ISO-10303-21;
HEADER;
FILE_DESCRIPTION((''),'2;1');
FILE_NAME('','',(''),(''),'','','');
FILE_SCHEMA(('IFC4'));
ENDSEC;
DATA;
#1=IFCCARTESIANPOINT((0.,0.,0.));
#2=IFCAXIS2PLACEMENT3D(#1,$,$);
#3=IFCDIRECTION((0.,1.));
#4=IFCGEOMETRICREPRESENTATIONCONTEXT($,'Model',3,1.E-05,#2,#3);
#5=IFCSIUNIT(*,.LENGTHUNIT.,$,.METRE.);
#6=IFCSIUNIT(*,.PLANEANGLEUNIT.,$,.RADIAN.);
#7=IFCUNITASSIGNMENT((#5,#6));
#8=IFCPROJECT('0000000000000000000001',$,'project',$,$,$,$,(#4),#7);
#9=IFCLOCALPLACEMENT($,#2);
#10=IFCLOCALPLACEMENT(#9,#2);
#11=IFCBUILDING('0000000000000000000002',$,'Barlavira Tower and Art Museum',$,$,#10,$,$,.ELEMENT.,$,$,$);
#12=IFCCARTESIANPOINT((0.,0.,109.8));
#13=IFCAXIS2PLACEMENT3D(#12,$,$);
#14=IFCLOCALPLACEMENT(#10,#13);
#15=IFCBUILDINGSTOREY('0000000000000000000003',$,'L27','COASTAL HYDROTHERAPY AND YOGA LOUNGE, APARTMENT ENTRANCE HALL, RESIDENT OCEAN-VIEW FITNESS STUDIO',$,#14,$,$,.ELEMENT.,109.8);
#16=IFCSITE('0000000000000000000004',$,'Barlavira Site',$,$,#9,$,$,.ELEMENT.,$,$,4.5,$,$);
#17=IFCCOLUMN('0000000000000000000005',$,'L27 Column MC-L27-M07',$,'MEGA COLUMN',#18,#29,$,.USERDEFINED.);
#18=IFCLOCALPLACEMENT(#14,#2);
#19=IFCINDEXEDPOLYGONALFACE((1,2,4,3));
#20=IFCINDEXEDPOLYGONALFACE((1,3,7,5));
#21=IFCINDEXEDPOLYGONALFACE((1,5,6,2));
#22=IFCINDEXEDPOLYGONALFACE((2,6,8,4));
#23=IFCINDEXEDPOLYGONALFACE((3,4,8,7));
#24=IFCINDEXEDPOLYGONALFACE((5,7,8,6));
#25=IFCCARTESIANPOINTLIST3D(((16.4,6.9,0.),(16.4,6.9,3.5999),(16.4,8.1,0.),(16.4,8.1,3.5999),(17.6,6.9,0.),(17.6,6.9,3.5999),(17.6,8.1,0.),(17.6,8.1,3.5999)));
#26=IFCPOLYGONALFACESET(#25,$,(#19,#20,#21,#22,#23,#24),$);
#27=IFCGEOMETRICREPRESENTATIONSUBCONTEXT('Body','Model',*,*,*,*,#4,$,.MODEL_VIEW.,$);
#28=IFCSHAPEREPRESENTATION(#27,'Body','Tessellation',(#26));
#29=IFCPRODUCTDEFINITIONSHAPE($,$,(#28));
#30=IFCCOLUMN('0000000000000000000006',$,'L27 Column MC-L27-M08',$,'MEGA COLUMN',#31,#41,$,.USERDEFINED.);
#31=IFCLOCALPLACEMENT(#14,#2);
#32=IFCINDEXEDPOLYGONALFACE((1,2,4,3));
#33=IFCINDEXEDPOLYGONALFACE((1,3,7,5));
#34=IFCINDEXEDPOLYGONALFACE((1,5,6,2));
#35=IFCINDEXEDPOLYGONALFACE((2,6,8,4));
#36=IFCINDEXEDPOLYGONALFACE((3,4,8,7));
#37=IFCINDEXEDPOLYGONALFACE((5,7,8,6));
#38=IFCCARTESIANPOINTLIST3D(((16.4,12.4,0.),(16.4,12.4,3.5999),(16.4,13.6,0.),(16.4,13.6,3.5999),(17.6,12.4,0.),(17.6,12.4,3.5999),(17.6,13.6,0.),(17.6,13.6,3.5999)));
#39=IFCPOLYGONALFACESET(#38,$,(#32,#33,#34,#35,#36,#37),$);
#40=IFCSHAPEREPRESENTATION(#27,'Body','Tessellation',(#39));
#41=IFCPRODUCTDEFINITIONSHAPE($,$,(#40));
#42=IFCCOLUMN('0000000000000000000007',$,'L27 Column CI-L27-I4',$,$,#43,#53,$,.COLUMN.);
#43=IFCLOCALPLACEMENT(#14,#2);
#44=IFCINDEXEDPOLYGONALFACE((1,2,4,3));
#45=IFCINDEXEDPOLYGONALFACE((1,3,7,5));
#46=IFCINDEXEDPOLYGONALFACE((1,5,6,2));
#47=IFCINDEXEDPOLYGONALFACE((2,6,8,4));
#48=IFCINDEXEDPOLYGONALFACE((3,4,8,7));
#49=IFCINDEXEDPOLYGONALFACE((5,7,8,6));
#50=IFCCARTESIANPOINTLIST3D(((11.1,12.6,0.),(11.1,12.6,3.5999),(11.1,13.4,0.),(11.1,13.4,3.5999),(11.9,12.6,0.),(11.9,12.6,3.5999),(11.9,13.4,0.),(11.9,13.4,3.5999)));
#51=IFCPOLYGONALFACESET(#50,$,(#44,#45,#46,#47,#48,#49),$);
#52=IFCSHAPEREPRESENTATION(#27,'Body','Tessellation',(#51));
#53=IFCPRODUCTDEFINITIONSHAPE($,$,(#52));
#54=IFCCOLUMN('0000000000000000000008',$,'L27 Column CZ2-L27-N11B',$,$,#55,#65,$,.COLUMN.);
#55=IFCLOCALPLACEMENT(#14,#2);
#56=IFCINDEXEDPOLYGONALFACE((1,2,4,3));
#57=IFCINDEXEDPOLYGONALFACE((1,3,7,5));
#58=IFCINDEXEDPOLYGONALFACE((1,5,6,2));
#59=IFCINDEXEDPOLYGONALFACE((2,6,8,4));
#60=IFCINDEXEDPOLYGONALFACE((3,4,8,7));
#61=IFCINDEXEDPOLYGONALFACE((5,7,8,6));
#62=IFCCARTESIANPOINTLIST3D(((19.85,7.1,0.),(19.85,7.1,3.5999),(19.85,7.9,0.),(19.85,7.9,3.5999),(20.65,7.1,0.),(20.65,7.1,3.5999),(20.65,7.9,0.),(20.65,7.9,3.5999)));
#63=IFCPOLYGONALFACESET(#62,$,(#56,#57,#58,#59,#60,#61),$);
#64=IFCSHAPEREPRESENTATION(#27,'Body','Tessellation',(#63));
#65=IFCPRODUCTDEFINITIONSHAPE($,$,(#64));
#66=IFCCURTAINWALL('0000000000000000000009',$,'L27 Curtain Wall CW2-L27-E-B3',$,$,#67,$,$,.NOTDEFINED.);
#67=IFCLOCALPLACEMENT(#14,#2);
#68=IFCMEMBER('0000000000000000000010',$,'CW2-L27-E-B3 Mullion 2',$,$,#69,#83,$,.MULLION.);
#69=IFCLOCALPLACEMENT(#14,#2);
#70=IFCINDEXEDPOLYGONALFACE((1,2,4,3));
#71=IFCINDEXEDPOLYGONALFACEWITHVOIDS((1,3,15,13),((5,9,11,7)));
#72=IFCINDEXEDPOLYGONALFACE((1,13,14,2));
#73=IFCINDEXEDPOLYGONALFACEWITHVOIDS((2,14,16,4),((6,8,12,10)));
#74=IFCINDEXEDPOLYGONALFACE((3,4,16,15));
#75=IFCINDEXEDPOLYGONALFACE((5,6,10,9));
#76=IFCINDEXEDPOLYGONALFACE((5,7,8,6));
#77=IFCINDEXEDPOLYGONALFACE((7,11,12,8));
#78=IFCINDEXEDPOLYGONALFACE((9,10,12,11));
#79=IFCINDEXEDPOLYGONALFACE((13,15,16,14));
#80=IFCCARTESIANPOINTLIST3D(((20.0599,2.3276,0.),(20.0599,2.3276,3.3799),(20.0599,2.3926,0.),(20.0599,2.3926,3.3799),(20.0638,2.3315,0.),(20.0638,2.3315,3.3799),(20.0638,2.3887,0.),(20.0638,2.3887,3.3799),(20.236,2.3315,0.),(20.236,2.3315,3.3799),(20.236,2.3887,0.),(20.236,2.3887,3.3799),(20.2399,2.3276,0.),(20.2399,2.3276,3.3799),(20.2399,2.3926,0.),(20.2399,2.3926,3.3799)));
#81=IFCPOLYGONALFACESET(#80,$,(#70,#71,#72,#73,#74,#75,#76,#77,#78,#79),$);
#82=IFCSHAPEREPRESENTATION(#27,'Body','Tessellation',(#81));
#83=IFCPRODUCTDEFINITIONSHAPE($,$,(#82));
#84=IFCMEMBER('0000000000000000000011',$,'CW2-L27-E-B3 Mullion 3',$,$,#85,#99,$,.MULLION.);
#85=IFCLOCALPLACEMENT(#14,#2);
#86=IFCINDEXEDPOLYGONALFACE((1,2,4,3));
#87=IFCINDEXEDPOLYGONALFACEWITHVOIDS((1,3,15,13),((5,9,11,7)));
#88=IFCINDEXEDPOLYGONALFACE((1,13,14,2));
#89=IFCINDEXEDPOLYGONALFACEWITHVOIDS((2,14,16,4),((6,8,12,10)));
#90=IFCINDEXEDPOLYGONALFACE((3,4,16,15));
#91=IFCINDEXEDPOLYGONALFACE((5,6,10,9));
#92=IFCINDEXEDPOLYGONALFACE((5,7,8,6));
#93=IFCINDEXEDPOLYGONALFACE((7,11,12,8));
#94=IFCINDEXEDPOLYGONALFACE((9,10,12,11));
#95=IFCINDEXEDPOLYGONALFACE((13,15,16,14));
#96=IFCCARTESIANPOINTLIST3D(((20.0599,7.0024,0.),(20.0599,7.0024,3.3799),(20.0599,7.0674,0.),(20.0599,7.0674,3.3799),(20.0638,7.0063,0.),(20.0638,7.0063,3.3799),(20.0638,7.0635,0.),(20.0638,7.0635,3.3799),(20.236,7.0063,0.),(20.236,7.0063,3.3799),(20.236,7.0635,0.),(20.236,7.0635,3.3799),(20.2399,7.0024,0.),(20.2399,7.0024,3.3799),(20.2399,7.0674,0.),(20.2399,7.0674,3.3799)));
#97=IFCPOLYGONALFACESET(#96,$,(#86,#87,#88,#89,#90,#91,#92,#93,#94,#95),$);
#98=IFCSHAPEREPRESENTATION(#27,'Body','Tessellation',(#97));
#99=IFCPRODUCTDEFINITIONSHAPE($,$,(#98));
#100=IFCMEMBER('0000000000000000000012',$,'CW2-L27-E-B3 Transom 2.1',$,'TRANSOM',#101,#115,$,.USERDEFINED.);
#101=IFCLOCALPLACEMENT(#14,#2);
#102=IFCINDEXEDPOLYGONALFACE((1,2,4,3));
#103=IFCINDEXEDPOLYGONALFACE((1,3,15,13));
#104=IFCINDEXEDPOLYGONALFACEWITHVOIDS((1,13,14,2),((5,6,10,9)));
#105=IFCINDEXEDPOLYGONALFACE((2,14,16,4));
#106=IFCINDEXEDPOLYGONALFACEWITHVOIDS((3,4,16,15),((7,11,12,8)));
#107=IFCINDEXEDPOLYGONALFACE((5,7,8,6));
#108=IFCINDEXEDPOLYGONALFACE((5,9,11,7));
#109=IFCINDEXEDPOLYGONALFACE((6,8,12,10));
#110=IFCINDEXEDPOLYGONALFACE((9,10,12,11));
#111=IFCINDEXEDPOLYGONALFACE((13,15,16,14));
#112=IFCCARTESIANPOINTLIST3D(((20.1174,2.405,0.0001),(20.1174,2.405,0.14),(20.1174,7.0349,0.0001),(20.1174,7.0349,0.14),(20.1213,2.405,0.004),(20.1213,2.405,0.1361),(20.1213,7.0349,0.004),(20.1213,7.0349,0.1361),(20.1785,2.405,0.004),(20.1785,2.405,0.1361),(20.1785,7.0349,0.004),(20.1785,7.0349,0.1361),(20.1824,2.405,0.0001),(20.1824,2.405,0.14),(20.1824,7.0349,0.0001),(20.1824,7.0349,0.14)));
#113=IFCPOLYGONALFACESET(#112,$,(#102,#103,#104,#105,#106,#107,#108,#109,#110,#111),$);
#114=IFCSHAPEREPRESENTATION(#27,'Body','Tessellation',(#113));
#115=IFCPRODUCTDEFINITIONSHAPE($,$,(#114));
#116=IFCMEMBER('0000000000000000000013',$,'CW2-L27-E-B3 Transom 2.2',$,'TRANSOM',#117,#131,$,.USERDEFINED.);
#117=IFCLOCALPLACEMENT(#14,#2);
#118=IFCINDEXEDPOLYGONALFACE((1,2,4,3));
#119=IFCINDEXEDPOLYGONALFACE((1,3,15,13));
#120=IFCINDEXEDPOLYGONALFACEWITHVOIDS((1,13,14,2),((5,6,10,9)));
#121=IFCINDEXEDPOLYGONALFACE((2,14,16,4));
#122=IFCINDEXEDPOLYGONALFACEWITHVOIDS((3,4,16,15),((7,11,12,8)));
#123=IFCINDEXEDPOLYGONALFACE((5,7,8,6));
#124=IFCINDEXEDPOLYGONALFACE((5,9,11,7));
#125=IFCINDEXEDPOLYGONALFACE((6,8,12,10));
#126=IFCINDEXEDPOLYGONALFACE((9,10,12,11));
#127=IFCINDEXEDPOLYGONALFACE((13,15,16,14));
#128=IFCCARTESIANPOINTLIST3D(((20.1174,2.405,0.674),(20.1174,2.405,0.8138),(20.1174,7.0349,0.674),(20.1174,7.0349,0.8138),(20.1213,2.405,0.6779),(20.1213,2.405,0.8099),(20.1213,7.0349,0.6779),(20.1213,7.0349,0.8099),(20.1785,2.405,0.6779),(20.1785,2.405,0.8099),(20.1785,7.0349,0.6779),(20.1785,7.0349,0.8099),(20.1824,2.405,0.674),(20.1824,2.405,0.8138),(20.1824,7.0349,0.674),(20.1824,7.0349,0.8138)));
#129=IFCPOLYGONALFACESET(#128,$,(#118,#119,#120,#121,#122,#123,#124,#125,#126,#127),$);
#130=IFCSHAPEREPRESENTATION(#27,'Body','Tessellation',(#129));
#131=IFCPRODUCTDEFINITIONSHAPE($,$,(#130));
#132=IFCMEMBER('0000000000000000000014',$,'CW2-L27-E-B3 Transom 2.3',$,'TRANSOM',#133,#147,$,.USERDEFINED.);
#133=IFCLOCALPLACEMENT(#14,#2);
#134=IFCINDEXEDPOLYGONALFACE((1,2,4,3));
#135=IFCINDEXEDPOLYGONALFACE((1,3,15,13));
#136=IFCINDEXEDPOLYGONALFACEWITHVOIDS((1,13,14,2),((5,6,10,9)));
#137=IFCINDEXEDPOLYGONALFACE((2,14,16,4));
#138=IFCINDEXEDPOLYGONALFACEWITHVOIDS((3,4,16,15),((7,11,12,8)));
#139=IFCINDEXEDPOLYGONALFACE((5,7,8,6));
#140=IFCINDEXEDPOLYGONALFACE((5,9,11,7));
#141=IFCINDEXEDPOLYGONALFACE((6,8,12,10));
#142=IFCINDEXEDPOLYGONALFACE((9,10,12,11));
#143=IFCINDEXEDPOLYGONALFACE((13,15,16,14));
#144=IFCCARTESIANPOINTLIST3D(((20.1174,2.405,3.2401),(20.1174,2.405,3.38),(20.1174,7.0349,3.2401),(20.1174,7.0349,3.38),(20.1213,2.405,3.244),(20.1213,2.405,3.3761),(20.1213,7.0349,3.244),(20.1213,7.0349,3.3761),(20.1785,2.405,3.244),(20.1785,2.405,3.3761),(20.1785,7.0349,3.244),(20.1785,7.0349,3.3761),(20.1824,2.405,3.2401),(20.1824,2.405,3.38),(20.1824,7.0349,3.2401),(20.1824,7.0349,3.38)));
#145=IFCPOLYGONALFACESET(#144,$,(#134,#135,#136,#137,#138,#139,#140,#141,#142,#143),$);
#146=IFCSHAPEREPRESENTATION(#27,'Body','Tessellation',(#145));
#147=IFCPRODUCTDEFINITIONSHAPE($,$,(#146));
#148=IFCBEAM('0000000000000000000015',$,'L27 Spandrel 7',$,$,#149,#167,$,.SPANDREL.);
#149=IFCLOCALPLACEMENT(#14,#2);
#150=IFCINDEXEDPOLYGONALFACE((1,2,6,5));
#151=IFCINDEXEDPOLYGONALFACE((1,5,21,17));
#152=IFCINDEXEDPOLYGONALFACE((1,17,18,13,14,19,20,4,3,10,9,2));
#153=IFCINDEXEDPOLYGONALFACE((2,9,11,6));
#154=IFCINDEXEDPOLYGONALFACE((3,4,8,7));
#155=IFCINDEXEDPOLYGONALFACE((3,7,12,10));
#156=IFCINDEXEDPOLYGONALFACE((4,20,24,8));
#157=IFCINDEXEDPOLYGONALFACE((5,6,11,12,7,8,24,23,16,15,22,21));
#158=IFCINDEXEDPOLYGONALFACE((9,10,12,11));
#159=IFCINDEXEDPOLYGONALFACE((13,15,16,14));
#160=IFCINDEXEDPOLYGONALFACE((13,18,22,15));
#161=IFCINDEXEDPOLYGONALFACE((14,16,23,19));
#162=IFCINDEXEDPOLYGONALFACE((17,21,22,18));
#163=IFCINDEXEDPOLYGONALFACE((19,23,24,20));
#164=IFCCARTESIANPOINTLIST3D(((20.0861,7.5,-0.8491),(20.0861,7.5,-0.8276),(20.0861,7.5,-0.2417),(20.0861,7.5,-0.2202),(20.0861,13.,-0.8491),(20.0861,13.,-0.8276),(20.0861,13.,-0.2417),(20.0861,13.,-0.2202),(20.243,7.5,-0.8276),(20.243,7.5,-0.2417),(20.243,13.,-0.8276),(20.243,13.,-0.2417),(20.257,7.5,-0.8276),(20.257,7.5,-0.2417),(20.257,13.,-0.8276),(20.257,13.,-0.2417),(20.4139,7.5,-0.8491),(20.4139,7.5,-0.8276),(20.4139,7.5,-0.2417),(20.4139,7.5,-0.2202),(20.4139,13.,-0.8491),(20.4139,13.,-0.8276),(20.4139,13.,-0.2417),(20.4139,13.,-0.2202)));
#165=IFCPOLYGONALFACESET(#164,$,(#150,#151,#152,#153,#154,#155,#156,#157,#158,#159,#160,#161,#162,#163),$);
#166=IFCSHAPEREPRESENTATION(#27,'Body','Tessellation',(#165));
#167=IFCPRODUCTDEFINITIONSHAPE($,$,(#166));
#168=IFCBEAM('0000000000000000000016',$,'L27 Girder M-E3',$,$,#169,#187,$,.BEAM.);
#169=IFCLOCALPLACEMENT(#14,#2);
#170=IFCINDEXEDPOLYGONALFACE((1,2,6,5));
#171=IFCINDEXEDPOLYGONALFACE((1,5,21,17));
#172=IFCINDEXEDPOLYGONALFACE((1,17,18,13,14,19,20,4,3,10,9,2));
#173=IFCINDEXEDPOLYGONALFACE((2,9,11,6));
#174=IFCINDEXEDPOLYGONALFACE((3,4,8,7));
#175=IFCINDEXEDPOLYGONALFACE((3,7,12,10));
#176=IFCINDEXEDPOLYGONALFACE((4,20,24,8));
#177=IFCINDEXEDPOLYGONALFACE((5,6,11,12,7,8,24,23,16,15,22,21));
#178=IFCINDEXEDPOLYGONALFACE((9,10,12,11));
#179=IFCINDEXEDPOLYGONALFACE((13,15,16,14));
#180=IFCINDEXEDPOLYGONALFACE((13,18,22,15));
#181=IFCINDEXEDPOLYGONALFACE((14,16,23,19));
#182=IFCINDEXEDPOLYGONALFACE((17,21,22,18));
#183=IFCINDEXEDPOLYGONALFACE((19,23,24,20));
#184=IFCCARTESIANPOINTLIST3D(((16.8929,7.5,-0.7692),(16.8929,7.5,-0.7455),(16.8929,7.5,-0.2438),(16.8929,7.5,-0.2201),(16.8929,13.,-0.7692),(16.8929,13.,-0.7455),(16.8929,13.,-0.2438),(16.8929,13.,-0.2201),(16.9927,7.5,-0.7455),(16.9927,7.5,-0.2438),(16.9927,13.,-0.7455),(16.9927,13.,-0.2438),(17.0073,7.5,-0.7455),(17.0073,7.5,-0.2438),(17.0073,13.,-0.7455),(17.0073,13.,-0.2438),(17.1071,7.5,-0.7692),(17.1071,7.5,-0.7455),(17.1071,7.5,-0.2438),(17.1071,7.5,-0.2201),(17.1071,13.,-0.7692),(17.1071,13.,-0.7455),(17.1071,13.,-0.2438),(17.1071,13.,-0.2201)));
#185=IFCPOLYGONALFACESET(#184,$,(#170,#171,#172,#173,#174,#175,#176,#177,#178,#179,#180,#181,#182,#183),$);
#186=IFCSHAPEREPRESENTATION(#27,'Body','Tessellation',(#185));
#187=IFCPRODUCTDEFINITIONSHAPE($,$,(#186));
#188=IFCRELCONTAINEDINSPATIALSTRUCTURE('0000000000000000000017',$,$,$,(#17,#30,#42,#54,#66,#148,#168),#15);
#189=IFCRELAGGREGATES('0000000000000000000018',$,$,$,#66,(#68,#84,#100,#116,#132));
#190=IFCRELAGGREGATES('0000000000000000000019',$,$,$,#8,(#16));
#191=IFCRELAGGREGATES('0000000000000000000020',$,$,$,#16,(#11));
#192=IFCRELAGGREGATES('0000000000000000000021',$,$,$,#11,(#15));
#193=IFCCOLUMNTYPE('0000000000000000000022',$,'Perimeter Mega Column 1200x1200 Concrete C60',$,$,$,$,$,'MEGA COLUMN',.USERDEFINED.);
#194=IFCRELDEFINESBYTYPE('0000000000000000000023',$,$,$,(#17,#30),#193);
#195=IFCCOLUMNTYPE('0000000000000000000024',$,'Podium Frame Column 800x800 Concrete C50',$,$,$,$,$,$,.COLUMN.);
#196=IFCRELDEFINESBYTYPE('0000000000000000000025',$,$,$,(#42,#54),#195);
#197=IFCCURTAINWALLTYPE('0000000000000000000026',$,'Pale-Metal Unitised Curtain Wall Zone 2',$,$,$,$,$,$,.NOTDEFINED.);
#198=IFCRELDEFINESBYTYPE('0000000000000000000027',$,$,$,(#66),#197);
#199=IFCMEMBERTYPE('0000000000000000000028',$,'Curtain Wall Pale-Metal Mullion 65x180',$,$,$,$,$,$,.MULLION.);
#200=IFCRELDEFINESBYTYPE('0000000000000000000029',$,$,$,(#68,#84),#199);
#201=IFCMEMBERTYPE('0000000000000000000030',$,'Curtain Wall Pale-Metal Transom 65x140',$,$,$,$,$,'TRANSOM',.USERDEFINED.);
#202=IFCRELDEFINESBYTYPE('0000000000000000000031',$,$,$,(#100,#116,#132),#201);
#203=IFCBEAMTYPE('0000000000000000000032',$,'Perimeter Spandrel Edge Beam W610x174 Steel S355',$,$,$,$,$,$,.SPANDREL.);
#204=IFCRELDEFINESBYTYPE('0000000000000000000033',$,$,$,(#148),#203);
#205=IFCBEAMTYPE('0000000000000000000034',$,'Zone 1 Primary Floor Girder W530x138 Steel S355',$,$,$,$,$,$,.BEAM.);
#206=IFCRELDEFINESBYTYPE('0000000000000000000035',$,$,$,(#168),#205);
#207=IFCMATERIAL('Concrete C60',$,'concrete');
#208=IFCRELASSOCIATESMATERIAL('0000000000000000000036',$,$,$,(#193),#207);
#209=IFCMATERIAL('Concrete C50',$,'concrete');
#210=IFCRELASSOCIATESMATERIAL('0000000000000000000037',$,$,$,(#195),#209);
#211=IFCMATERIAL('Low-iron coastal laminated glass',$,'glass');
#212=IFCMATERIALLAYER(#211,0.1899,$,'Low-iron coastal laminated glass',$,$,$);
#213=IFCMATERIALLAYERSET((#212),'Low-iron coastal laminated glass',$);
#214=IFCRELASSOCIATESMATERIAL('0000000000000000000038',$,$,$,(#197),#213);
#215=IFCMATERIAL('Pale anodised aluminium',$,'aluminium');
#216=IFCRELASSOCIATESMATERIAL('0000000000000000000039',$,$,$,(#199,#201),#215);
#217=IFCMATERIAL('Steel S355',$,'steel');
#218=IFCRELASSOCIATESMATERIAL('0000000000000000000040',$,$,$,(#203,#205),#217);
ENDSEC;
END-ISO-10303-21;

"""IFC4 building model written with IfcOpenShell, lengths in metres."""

from ifc_helpers import new_model, si_unit, direction, frame, origin, origin_2d, place, context, subcontext, project, spatial, rectangle, hollow_rectangle, i_section, extrude, material, layer, layer_set, material_profile, profile_set, type_object, element, aggregate, save


model = new_model("IFC4")

# Units and contexts
model_context = context("Model", 3, precision=1e-05, world=origin(), true_north=direction((0.0, 1.0)))
body_context = subcontext(model_context, "Body", "Model", "MODEL_VIEW")
ifc_project = project(units=[si_unit("LENGTHUNIT", "METRE"), si_unit("PLANEANGLEUNIT", "RADIAN")], contexts=[model_context])

# Site, building, storey
site_placement = place(None, origin())
site = spatial("IfcSite", under=ifc_project, at=site_placement, Name="Barlavira Site", CompositionType="ELEMENT", RefElevation=4.5)
building_placement = place(site_placement, origin())
building = spatial("IfcBuilding", under=site, at=building_placement, Name="Barlavira Tower and Art Museum", CompositionType="ELEMENT")
storey_placement = place(building_placement, frame((0.0, 0.0, 109.8)))
storey = spatial("IfcBuildingStorey", under=building, at=storey_placement, Name="L27", Description="COASTAL HYDROTHERAPY AND YOGA LOUNGE, APARTMENT ENTRANCE HALL, RESIDENT OCEAN-VIEW FITNESS STUDIO", CompositionType="ELEMENT", Elevation=109.8)

# Columns
ifc_material_1 = material(Name="Concrete C60", Category="concrete")
ifc_material_profile_1 = material_profile(ifc_material_1, rectangle(XDim=1.2, YDim=1.2, at=origin_2d()), Name="RC-COL 1200x1200")
ifc_profile_set_1 = profile_set([ifc_material_profile_1], Name="Concrete C60")
column_type_1 = type_object("IfcColumnType", Name="Perimeter Mega Column 1200x1200 Concrete C60", ElementType="MEGA COLUMN", PredefinedType="USERDEFINED", material=ifc_profile_set_1)
for number, where, z_axis, x_axis, name in (
    (1, (17.0, 7.5, 0.0), (0.0, 0.0, 1.0), (1.0, 0.0, 0.0), "L27 Column MC-L27-M07"),
    (2, (17.0, 13.0, 0.0), (0.0, 0.0, 1.0), (1.0, 0.0, 0.0), "L27 Column MC-L27-M08"),
):
    element("IfcColumn", number, at=place(storey_placement, frame(where, z_axis=z_axis, x_axis=x_axis)), inside=storey, type_object=column_type_1, Name=name, ObjectType="MEGA COLUMN", PredefinedType="USERDEFINED", context=body_context, shape_type="SweptSolid", body=[
        extrude(rectangle(XDim=1.2, YDim=1.2, at=origin_2d()), origin(), (0.0, 0.0, 1.0), 3.5999),
    ])
ifc_material_2 = material(Name="Concrete C50", Category="concrete")
ifc_material_profile_2 = material_profile(ifc_material_2, rectangle(XDim=0.8, YDim=0.8, at=origin_2d()), Name="RC-COL 800x800")
ifc_profile_set_2 = profile_set([ifc_material_profile_2], Name="Concrete C50")
column_type_2 = type_object("IfcColumnType", Name="Podium Frame Column 800x800 Concrete C50", PredefinedType="COLUMN", material=ifc_profile_set_2)
for number, where, z_axis, x_axis, name in (
    (3, (11.5, 13.0, 0.0), (0.0, 0.0, 1.0), (1.0, 0.0, 0.0), "L27 Column CI-L27-I4"),
    (4, (20.25, 7.5, 0.0), (0.0, 0.0, 1.0), (1.0, 0.0, 0.0), "L27 Column CZ2-L27-N11B"),
):
    element("IfcColumn", number, at=place(storey_placement, frame(where, z_axis=z_axis, x_axis=x_axis)), inside=storey, type_object=column_type_2, Name=name, PredefinedType="COLUMN", context=body_context, shape_type="SweptSolid", body=[
        extrude(rectangle(XDim=0.8, YDim=0.8, at=origin_2d()), origin(), (0.0, 0.0, 1.0), 3.5999),
    ])

# Curtain wall, members
ifc_material_3 = material(Name="Low-iron coastal laminated glass", Category="glass")
ifc_layer_1 = layer(ifc_material_3, 0.1899, Name="Low-iron coastal laminated glass")
ifc_layer_set_1 = layer_set([ifc_layer_1], Name="Low-iron coastal laminated glass")
curtain_wall_type = type_object("IfcCurtainWallType", Name="Pale-Metal Unitised Curtain Wall Zone 2", PredefinedType="NOTDEFINED", material=ifc_layer_set_1)
curtain_wall_placement = place(storey_placement, origin())
curtain_wall = element("IfcCurtainWall", 5, at=curtain_wall_placement, inside=storey, type_object=curtain_wall_type, Name="L27 Curtain Wall CW2-L27-E-B3", PredefinedType="NOTDEFINED")
ifc_material_4 = material(Name="Pale anodised aluminium", Category="aluminium")
ifc_material_profile_3 = material_profile(ifc_material_4, hollow_rectangle(XDim=0.0649, YDim=0.1799, WallThickness=0.0039, at=origin_2d()), Name="ALU-MULL 65x180x4")
ifc_profile_set_3 = profile_set([ifc_material_profile_3], Name="Pale anodised aluminium")
member_type_1 = type_object("IfcMemberType", Name="Curtain Wall Pale-Metal Mullion 65x180", PredefinedType="MULLION", material=ifc_profile_set_3)
member_1_placement = place(storey_placement, frame((20.1499, 2.3601, 0.0), z_axis=(0.0, 0.0, 1.0), x_axis=(0.0, 1.0, 0.0)))
member_1 = element("IfcMember", 6, at=member_1_placement, type_object=member_type_1, Name="CW2-L27-E-B3 Mullion 2", PredefinedType="MULLION", context=body_context, shape_type="SweptSolid", body=[
    extrude(hollow_rectangle(XDim=0.0649, YDim=0.1799, WallThickness=0.0039, at=origin_2d()), origin(), (0.0, 0.0, 1.0), 3.3799),
])
member_2_placement = place(storey_placement, frame((20.1499, 7.0349, 0.0), z_axis=(0.0, 0.0, 1.0), x_axis=(0.0, 1.0, 0.0)))
member_2 = element("IfcMember", 7, at=member_2_placement, type_object=member_type_1, Name="CW2-L27-E-B3 Mullion 3", PredefinedType="MULLION", context=body_context, shape_type="SweptSolid", body=[
    extrude(hollow_rectangle(XDim=0.0649, YDim=0.1799, WallThickness=0.0039, at=origin_2d()), origin(), (0.0, 0.0, 1.0), 3.3799),
])
ifc_material_profile_4 = material_profile(ifc_material_4, hollow_rectangle(XDim=0.0649, YDim=0.1399, WallThickness=0.0039, at=origin_2d()), Name="ALU-TRAN 65x140x4")
ifc_profile_set_4 = profile_set([ifc_material_profile_4], Name="Pale anodised aluminium")
member_type_2 = type_object("IfcMemberType", Name="Curtain Wall Pale-Metal Transom 65x140", ElementType="TRANSOM", PredefinedType="USERDEFINED", material=ifc_profile_set_4)
member_3_placement = place(storey_placement, frame((20.1499, 2.405, 0.0701), z_axis=(0.0, 1.0, 0.0), x_axis=(-1.0, 0.0, 0.0)))
member_3 = element("IfcMember", 8, at=member_3_placement, type_object=member_type_2, Name="CW2-L27-E-B3 Transom 2.1", ObjectType="TRANSOM", PredefinedType="USERDEFINED", context=body_context, shape_type="SweptSolid", body=[
    extrude(hollow_rectangle(XDim=0.0649, YDim=0.1399, WallThickness=0.0039, at=origin_2d()), origin(), (0.0, 0.0, 1.0), 4.6299),
])
member_4_placement = place(storey_placement, frame((20.1499, 2.405, 0.7439), z_axis=(0.0, 1.0, 0.0), x_axis=(-1.0, 0.0, 0.0)))
member_4 = element("IfcMember", 9, at=member_4_placement, type_object=member_type_2, Name="CW2-L27-E-B3 Transom 2.2", ObjectType="TRANSOM", PredefinedType="USERDEFINED", context=body_context, shape_type="SweptSolid", body=[
    extrude(hollow_rectangle(XDim=0.0649, YDim=0.1399, WallThickness=0.0039, at=origin_2d()), origin(), (0.0, 0.0, 1.0), 4.6299),
])
member_5_placement = place(storey_placement, frame((20.1499, 2.405, 3.3101), z_axis=(0.0, 1.0, 0.0), x_axis=(-1.0, 0.0, 0.0)))
member_5 = element("IfcMember", 10, at=member_5_placement, type_object=member_type_2, Name="CW2-L27-E-B3 Transom 2.3", ObjectType="TRANSOM", PredefinedType="USERDEFINED", context=body_context, shape_type="SweptSolid", body=[
    extrude(hollow_rectangle(XDim=0.0649, YDim=0.1399, WallThickness=0.0039, at=origin_2d()), origin(), (0.0, 0.0, 1.0), 4.6299),
])

# Beams
ifc_material_5 = material(Name="Steel S355", Category="steel")
ifc_material_profile_5 = material_profile(ifc_material_5, i_section(OverallWidth=0.3279, OverallDepth=0.6289, WebThickness=0.0139, FlangeThickness=0.0215, at=origin_2d()), Name="W610x174.0")
ifc_profile_set_5 = profile_set([ifc_material_profile_5], Name="Steel S355")
beam_type_1 = type_object("IfcBeamType", Name="Perimeter Spandrel Edge Beam W610x174 Steel S355", PredefinedType="SPANDREL", material=ifc_profile_set_5)
beam_placement = place(storey_placement, frame((20.25, 7.5, -0.5347), z_axis=(0.0, 1.0, 0.0), x_axis=(-1.0, 0.0, 0.0)))
element("IfcBeam", 11, at=beam_placement, inside=storey, type_object=beam_type_1, Name="L27 Spandrel 7", PredefinedType="SPANDREL", context=body_context, shape_type="SweptSolid", body=[
    extrude(i_section(OverallWidth=0.3279, OverallDepth=0.6289, WebThickness=0.0139, FlangeThickness=0.0215, at=origin_2d()), origin(), (0.0, 0.0, 1.0), 5.5),
])
ifc_material_profile_6 = material_profile(ifc_material_5, i_section(OverallWidth=0.2141, OverallDepth=0.5491, WebThickness=0.0146, FlangeThickness=0.0237, at=origin_2d()), Name="W530x138.0")
ifc_profile_set_6 = profile_set([ifc_material_profile_6], Name="Steel S355")
beam_type_2 = type_object("IfcBeamType", Name="Zone 1 Primary Floor Girder W530x138 Steel S355", PredefinedType="BEAM", material=ifc_profile_set_6)
for number, where, z_axis, x_axis, name in (
    (12, (17.0, 7.5, -0.4946), (0.0, 1.0, 0.0), (-1.0, 0.0, 0.0), "L27 Girder M-E3"),
):
    element("IfcBeam", number, at=place(storey_placement, frame(where, z_axis=z_axis, x_axis=x_axis)), inside=storey, type_object=beam_type_2, Name=name, PredefinedType="BEAM", context=body_context, shape_type="SweptSolid", body=[
        extrude(i_section(OverallWidth=0.2141, OverallDepth=0.5491, WebThickness=0.0146, FlangeThickness=0.0237, at=origin_2d()), origin(), (0.0, 0.0, 1.0), 5.5),
    ])

aggregate(curtain_wall, [member_1, member_2, member_3, member_4, member_5])

save(model, "model.ifc")
